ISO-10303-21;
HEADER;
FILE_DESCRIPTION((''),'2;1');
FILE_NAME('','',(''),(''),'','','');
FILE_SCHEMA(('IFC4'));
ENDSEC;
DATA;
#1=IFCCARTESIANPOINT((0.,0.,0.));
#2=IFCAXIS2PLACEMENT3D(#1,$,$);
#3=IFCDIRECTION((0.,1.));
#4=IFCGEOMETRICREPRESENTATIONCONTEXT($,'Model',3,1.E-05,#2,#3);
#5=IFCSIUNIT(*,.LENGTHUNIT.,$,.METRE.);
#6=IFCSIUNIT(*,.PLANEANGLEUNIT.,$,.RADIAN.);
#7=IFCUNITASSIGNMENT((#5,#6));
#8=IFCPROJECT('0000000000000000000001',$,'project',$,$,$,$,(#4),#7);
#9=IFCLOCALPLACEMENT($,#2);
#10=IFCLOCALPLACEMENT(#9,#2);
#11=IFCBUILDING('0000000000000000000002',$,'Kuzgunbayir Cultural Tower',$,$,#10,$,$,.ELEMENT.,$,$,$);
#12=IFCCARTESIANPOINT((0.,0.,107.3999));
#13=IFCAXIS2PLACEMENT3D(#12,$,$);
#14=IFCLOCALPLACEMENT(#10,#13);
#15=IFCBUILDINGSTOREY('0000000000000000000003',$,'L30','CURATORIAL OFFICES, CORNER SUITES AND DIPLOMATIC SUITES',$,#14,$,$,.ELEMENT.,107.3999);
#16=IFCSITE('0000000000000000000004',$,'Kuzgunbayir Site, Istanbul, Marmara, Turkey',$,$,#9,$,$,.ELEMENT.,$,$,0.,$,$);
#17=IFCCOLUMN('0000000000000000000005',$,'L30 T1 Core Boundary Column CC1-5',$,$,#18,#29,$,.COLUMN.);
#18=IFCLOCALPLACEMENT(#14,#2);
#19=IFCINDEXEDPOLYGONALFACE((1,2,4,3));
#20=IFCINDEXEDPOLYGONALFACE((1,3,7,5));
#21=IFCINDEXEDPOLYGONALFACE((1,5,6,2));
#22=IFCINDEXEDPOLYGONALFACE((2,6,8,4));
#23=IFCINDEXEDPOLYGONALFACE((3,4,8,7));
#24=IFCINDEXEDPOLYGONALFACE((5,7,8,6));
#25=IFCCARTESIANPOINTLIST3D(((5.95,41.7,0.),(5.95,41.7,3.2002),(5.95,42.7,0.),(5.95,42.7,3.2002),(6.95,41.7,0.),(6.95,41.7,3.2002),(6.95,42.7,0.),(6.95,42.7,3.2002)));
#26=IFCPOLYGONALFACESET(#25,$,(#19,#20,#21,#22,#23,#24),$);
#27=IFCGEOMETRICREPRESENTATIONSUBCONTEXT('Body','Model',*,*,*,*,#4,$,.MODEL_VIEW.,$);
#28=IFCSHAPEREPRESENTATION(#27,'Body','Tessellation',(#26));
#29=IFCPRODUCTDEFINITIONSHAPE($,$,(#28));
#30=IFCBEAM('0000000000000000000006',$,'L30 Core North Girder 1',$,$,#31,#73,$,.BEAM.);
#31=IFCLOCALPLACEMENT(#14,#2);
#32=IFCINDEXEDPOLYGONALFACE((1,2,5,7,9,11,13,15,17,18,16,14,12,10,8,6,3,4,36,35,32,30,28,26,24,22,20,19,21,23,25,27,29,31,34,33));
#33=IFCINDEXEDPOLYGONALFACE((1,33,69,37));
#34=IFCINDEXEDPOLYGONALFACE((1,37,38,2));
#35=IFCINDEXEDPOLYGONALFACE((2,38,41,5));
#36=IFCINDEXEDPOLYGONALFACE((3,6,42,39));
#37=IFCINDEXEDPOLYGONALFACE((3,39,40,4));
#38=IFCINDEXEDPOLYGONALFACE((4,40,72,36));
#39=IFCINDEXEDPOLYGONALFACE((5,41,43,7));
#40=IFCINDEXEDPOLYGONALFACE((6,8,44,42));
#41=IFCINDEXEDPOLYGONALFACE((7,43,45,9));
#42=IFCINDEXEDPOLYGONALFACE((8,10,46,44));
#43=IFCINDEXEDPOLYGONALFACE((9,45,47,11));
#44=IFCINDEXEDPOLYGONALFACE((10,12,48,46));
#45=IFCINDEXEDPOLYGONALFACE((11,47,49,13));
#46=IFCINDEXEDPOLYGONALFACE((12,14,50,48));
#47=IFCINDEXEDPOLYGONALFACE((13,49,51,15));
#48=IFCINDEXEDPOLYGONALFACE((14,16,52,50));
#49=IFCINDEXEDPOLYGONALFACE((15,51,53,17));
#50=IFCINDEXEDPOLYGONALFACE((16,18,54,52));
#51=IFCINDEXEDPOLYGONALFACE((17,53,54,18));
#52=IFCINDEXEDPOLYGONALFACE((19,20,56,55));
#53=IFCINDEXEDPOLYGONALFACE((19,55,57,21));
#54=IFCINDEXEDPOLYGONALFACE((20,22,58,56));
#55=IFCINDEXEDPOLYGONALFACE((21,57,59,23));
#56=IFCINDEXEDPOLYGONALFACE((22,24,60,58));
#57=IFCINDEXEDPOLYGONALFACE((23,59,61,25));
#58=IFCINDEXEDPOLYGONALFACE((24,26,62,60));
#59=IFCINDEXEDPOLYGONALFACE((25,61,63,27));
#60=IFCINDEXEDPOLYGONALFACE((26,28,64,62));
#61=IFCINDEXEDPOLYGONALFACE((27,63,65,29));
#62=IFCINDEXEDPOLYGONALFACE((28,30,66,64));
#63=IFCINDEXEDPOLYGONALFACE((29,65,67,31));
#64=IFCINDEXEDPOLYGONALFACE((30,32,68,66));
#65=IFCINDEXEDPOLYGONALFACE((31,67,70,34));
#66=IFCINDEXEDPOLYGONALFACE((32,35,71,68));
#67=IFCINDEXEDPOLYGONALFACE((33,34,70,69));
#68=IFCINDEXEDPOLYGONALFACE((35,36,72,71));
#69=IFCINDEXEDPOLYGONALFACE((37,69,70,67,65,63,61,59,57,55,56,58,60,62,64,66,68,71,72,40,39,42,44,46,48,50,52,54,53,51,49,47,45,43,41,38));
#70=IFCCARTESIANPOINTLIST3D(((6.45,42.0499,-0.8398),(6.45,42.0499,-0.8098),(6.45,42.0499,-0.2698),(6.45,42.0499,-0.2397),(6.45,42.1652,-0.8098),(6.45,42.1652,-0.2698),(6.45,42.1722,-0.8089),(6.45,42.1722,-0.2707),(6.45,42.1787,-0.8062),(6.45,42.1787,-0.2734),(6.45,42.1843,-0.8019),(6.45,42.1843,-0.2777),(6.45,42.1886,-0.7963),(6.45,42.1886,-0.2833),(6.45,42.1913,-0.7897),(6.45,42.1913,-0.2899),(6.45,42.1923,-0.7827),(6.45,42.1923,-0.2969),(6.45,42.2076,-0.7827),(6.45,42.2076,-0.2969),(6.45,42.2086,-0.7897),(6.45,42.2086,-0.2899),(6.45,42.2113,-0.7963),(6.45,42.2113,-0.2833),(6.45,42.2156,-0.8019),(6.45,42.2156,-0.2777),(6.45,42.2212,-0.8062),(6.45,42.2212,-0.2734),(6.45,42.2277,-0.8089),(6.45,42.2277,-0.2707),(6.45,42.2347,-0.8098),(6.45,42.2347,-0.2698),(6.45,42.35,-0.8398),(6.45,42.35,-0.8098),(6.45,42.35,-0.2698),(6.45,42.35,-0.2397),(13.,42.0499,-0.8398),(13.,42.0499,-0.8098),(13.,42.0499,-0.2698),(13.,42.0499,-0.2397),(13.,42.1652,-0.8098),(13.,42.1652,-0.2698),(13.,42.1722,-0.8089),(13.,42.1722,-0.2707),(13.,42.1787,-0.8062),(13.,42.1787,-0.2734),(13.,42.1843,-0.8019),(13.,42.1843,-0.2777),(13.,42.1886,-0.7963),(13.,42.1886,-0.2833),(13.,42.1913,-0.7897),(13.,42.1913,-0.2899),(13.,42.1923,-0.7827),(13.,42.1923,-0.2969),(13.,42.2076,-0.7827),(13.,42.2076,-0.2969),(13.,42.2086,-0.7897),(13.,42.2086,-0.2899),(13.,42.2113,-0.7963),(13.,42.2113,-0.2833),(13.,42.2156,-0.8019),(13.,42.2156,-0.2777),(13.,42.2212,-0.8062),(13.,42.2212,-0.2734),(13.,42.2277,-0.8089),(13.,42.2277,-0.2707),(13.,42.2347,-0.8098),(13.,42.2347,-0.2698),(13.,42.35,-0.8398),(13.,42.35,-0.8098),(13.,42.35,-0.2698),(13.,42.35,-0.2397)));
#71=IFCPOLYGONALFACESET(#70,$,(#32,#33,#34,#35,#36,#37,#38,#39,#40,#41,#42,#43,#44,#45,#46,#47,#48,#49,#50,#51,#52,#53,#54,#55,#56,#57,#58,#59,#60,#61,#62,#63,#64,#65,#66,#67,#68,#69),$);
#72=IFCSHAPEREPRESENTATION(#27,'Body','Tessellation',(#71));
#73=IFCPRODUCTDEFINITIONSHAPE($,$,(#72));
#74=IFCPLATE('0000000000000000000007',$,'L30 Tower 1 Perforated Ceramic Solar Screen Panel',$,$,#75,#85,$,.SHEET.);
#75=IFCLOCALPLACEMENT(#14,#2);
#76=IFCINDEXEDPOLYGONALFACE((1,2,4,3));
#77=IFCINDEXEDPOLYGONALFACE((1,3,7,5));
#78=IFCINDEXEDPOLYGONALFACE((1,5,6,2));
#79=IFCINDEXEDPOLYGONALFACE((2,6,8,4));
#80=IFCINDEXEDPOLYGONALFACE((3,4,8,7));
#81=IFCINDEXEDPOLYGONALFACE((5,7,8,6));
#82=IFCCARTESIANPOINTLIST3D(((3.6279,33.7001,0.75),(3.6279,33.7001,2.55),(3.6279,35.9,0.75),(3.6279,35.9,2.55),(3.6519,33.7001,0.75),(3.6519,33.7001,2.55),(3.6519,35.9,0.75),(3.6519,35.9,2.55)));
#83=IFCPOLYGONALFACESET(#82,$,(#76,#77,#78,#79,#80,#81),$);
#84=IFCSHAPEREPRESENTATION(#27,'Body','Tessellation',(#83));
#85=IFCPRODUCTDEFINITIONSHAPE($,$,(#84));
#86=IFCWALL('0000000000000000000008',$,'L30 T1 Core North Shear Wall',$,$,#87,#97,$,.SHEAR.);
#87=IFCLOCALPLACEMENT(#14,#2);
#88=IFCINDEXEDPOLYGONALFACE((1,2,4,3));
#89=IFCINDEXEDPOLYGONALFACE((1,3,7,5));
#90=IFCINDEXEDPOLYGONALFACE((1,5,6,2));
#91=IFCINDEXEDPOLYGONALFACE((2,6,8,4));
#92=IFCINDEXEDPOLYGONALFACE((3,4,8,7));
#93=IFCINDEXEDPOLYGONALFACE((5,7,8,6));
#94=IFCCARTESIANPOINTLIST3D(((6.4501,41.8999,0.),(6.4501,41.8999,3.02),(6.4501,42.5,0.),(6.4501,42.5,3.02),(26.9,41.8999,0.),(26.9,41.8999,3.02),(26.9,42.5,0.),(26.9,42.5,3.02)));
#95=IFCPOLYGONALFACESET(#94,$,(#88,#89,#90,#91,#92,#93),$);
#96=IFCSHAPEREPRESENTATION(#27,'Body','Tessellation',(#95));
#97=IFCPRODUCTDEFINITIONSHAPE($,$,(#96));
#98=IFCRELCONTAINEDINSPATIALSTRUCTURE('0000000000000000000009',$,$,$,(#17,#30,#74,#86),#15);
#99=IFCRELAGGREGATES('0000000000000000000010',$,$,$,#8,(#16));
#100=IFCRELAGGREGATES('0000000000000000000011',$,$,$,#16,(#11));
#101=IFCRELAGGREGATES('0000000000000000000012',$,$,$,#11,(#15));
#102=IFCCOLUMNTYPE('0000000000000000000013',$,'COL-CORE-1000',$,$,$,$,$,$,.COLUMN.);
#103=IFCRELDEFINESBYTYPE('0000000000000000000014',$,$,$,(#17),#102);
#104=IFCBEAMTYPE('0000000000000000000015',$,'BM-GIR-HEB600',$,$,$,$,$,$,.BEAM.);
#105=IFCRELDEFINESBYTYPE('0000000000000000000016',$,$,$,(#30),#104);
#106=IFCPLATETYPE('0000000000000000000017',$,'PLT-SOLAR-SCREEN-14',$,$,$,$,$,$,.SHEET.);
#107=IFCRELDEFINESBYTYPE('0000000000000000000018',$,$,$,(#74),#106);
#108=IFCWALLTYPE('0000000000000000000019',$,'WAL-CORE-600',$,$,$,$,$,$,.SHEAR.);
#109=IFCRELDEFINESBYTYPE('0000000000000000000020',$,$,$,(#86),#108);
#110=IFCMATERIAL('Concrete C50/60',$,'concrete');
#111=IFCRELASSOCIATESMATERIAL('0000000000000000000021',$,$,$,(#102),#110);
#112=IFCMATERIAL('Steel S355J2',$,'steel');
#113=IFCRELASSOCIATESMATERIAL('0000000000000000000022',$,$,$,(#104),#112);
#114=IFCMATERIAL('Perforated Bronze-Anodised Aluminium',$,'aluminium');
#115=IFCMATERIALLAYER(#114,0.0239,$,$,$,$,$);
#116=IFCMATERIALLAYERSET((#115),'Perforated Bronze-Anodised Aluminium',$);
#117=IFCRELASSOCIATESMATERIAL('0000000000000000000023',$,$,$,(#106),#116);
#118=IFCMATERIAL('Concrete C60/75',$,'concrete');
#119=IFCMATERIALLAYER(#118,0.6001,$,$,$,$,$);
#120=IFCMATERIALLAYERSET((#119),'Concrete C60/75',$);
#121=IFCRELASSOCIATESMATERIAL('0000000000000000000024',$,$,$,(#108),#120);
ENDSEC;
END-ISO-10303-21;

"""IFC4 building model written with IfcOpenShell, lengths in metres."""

from ifc_helpers import new_model, si_unit, direction, frame, frame_2d, origin, origin_2d, place, context, subcontext, project, spatial, rectangle, i_section, extrude, material, layer, layer_set, material_profile, profile_set, type_object, element, save


model = new_model("IFC4")

# Units and contexts
model_context = context("Model", 3, precision=1e-05, world=origin(), true_north=direction((0.0, 1.0)))
body_context = subcontext(model_context, "Body", "Model", "MODEL_VIEW")
ifc_project = project(units=[si_unit("LENGTHUNIT", "METRE"), si_unit("PLANEANGLEUNIT", "RADIAN")], contexts=[model_context])

# Site, building, storey
site_placement = place(None, origin())
site = spatial("IfcSite", under=ifc_project, at=site_placement, Name="Kuzgunbayir Site, Istanbul, Marmara, Turkey", CompositionType="ELEMENT", RefElevation=0.0)
building_placement = place(site_placement, origin())
building = spatial("IfcBuilding", under=site, at=building_placement, Name="Kuzgunbayir Cultural Tower", CompositionType="ELEMENT")
storey_placement = place(building_placement, frame((0.0, 0.0, 107.3999)))
storey = spatial("IfcBuildingStorey", under=building, at=storey_placement, Name="L30", Description="CURATORIAL OFFICES, CORNER SUITES AND DIPLOMATIC SUITES", CompositionType="ELEMENT", Elevation=107.3999)

# Column
ifc_material_1 = material(Name="Concrete C50/60", Category="concrete")
ifc_material_profile_1 = material_profile(ifc_material_1, rectangle(XDim=1.0, YDim=1.0, at=origin_2d()), Name="RC 1000x1000")
ifc_profile_set_1 = profile_set([ifc_material_profile_1], Name="Concrete C50/60")
column_type = type_object("IfcColumnType", Name="COL-CORE-1000", PredefinedType="COLUMN", material=ifc_profile_set_1)
column_placement = place(storey_placement, frame((6.45, 42.2, 0.0), z_axis=(0.0, 0.0, 1.0), x_axis=(1.0, 0.0, 0.0)))
element("IfcColumn", 1, at=column_placement, inside=storey, type_object=column_type, Name="L30 T1 Core Boundary Column CC1-5", PredefinedType="COLUMN", context=body_context, shape_type="SweptSolid", body=[
    extrude(rectangle(XDim=1.0, YDim=1.0, at=origin_2d()), origin(), (0.0, 0.0, 1.0), 3.2002),
])

# Beam
ifc_material_2 = material(Name="Steel S355J2", Category="steel")
ifc_material_profile_2 = material_profile(ifc_material_2, i_section(OverallWidth=0.3, OverallDepth=0.6001, WebThickness=0.0154, FlangeThickness=0.03, FilletRadius=0.0271, at=origin_2d()), Name="HEB 600")
ifc_profile_set_2 = profile_set([ifc_material_profile_2], Name="Steel S355J2")
beam_type = type_object("IfcBeamType", Name="BM-GIR-HEB600", PredefinedType="BEAM", material=ifc_profile_set_2)
beam_placement = place(storey_placement, frame((6.45, 42.2, -0.5398), z_axis=(1.0, 0.0, 0.0), x_axis=(0.0, 1.0, 0.0)))
element("IfcBeam", 2, at=beam_placement, inside=storey, type_object=beam_type, Name="L30 Core North Girder 1", PredefinedType="BEAM", context=body_context, shape_type="SweptSolid", body=[
    extrude(i_section(OverallWidth=0.3, OverallDepth=0.6001, WebThickness=0.0154, FlangeThickness=0.03, FilletRadius=0.0271, at=origin_2d()), origin(), (0.0, 0.0, 1.0), 6.55),
])

# Plate
ifc_material_3 = material(Name="Perforated Bronze-Anodised Aluminium", Category="aluminium")
ifc_layer_1 = layer(ifc_material_3, 0.0239)
ifc_layer_set_1 = layer_set([ifc_layer_1], Name="Perforated Bronze-Anodised Aluminium")
plate_type = type_object("IfcPlateType", Name="PLT-SOLAR-SCREEN-14", PredefinedType="SHEET", material=ifc_layer_set_1)
plate_placement = place(storey_placement, frame((3.6399, 34.8, 0.75), z_axis=(0.0, 0.0, 1.0), x_axis=(1.0, 0.0, 0.0)))
element("IfcPlate", 3, at=plate_placement, inside=storey, type_object=plate_type, Name="L30 Tower 1 Perforated Ceramic Solar Screen Panel", PredefinedType="SHEET", context=body_context, shape_type="SweptSolid", body=[
    extrude(rectangle(XDim=0.0239, YDim=2.2, at=origin_2d()), origin(), (0.0, 0.0, 1.0), 1.8),
])

# Wall
ifc_material_4 = material(Name="Concrete C60/75", Category="concrete")
ifc_layer_2 = layer(ifc_material_4, 0.6001)
ifc_layer_set_2 = layer_set([ifc_layer_2], Name="Concrete C60/75")
wall_type_1 = type_object("IfcWallType", Name="WAL-CORE-600", PredefinedType="SHEAR", material=ifc_layer_set_2)
wall_1_placement = place(storey_placement, frame((6.45, 42.2, 0.0), z_axis=(0.0, 0.0, 1.0), x_axis=(1.0, 0.0, 0.0)))
element("IfcWall", 4, at=wall_1_placement, inside=storey, type_object=wall_type_1, Name="L30 T1 Core North Shear Wall", PredefinedType="SHEAR", context=body_context, shape_type="SweptSolid", body=[
    extrude(rectangle(XDim=20.45, YDim=0.6001, at=frame_2d((10.2251, 0.0))), origin(), (0.0, 0.0, 1.0), 3.02),
])

save(model, "model.ifc")
